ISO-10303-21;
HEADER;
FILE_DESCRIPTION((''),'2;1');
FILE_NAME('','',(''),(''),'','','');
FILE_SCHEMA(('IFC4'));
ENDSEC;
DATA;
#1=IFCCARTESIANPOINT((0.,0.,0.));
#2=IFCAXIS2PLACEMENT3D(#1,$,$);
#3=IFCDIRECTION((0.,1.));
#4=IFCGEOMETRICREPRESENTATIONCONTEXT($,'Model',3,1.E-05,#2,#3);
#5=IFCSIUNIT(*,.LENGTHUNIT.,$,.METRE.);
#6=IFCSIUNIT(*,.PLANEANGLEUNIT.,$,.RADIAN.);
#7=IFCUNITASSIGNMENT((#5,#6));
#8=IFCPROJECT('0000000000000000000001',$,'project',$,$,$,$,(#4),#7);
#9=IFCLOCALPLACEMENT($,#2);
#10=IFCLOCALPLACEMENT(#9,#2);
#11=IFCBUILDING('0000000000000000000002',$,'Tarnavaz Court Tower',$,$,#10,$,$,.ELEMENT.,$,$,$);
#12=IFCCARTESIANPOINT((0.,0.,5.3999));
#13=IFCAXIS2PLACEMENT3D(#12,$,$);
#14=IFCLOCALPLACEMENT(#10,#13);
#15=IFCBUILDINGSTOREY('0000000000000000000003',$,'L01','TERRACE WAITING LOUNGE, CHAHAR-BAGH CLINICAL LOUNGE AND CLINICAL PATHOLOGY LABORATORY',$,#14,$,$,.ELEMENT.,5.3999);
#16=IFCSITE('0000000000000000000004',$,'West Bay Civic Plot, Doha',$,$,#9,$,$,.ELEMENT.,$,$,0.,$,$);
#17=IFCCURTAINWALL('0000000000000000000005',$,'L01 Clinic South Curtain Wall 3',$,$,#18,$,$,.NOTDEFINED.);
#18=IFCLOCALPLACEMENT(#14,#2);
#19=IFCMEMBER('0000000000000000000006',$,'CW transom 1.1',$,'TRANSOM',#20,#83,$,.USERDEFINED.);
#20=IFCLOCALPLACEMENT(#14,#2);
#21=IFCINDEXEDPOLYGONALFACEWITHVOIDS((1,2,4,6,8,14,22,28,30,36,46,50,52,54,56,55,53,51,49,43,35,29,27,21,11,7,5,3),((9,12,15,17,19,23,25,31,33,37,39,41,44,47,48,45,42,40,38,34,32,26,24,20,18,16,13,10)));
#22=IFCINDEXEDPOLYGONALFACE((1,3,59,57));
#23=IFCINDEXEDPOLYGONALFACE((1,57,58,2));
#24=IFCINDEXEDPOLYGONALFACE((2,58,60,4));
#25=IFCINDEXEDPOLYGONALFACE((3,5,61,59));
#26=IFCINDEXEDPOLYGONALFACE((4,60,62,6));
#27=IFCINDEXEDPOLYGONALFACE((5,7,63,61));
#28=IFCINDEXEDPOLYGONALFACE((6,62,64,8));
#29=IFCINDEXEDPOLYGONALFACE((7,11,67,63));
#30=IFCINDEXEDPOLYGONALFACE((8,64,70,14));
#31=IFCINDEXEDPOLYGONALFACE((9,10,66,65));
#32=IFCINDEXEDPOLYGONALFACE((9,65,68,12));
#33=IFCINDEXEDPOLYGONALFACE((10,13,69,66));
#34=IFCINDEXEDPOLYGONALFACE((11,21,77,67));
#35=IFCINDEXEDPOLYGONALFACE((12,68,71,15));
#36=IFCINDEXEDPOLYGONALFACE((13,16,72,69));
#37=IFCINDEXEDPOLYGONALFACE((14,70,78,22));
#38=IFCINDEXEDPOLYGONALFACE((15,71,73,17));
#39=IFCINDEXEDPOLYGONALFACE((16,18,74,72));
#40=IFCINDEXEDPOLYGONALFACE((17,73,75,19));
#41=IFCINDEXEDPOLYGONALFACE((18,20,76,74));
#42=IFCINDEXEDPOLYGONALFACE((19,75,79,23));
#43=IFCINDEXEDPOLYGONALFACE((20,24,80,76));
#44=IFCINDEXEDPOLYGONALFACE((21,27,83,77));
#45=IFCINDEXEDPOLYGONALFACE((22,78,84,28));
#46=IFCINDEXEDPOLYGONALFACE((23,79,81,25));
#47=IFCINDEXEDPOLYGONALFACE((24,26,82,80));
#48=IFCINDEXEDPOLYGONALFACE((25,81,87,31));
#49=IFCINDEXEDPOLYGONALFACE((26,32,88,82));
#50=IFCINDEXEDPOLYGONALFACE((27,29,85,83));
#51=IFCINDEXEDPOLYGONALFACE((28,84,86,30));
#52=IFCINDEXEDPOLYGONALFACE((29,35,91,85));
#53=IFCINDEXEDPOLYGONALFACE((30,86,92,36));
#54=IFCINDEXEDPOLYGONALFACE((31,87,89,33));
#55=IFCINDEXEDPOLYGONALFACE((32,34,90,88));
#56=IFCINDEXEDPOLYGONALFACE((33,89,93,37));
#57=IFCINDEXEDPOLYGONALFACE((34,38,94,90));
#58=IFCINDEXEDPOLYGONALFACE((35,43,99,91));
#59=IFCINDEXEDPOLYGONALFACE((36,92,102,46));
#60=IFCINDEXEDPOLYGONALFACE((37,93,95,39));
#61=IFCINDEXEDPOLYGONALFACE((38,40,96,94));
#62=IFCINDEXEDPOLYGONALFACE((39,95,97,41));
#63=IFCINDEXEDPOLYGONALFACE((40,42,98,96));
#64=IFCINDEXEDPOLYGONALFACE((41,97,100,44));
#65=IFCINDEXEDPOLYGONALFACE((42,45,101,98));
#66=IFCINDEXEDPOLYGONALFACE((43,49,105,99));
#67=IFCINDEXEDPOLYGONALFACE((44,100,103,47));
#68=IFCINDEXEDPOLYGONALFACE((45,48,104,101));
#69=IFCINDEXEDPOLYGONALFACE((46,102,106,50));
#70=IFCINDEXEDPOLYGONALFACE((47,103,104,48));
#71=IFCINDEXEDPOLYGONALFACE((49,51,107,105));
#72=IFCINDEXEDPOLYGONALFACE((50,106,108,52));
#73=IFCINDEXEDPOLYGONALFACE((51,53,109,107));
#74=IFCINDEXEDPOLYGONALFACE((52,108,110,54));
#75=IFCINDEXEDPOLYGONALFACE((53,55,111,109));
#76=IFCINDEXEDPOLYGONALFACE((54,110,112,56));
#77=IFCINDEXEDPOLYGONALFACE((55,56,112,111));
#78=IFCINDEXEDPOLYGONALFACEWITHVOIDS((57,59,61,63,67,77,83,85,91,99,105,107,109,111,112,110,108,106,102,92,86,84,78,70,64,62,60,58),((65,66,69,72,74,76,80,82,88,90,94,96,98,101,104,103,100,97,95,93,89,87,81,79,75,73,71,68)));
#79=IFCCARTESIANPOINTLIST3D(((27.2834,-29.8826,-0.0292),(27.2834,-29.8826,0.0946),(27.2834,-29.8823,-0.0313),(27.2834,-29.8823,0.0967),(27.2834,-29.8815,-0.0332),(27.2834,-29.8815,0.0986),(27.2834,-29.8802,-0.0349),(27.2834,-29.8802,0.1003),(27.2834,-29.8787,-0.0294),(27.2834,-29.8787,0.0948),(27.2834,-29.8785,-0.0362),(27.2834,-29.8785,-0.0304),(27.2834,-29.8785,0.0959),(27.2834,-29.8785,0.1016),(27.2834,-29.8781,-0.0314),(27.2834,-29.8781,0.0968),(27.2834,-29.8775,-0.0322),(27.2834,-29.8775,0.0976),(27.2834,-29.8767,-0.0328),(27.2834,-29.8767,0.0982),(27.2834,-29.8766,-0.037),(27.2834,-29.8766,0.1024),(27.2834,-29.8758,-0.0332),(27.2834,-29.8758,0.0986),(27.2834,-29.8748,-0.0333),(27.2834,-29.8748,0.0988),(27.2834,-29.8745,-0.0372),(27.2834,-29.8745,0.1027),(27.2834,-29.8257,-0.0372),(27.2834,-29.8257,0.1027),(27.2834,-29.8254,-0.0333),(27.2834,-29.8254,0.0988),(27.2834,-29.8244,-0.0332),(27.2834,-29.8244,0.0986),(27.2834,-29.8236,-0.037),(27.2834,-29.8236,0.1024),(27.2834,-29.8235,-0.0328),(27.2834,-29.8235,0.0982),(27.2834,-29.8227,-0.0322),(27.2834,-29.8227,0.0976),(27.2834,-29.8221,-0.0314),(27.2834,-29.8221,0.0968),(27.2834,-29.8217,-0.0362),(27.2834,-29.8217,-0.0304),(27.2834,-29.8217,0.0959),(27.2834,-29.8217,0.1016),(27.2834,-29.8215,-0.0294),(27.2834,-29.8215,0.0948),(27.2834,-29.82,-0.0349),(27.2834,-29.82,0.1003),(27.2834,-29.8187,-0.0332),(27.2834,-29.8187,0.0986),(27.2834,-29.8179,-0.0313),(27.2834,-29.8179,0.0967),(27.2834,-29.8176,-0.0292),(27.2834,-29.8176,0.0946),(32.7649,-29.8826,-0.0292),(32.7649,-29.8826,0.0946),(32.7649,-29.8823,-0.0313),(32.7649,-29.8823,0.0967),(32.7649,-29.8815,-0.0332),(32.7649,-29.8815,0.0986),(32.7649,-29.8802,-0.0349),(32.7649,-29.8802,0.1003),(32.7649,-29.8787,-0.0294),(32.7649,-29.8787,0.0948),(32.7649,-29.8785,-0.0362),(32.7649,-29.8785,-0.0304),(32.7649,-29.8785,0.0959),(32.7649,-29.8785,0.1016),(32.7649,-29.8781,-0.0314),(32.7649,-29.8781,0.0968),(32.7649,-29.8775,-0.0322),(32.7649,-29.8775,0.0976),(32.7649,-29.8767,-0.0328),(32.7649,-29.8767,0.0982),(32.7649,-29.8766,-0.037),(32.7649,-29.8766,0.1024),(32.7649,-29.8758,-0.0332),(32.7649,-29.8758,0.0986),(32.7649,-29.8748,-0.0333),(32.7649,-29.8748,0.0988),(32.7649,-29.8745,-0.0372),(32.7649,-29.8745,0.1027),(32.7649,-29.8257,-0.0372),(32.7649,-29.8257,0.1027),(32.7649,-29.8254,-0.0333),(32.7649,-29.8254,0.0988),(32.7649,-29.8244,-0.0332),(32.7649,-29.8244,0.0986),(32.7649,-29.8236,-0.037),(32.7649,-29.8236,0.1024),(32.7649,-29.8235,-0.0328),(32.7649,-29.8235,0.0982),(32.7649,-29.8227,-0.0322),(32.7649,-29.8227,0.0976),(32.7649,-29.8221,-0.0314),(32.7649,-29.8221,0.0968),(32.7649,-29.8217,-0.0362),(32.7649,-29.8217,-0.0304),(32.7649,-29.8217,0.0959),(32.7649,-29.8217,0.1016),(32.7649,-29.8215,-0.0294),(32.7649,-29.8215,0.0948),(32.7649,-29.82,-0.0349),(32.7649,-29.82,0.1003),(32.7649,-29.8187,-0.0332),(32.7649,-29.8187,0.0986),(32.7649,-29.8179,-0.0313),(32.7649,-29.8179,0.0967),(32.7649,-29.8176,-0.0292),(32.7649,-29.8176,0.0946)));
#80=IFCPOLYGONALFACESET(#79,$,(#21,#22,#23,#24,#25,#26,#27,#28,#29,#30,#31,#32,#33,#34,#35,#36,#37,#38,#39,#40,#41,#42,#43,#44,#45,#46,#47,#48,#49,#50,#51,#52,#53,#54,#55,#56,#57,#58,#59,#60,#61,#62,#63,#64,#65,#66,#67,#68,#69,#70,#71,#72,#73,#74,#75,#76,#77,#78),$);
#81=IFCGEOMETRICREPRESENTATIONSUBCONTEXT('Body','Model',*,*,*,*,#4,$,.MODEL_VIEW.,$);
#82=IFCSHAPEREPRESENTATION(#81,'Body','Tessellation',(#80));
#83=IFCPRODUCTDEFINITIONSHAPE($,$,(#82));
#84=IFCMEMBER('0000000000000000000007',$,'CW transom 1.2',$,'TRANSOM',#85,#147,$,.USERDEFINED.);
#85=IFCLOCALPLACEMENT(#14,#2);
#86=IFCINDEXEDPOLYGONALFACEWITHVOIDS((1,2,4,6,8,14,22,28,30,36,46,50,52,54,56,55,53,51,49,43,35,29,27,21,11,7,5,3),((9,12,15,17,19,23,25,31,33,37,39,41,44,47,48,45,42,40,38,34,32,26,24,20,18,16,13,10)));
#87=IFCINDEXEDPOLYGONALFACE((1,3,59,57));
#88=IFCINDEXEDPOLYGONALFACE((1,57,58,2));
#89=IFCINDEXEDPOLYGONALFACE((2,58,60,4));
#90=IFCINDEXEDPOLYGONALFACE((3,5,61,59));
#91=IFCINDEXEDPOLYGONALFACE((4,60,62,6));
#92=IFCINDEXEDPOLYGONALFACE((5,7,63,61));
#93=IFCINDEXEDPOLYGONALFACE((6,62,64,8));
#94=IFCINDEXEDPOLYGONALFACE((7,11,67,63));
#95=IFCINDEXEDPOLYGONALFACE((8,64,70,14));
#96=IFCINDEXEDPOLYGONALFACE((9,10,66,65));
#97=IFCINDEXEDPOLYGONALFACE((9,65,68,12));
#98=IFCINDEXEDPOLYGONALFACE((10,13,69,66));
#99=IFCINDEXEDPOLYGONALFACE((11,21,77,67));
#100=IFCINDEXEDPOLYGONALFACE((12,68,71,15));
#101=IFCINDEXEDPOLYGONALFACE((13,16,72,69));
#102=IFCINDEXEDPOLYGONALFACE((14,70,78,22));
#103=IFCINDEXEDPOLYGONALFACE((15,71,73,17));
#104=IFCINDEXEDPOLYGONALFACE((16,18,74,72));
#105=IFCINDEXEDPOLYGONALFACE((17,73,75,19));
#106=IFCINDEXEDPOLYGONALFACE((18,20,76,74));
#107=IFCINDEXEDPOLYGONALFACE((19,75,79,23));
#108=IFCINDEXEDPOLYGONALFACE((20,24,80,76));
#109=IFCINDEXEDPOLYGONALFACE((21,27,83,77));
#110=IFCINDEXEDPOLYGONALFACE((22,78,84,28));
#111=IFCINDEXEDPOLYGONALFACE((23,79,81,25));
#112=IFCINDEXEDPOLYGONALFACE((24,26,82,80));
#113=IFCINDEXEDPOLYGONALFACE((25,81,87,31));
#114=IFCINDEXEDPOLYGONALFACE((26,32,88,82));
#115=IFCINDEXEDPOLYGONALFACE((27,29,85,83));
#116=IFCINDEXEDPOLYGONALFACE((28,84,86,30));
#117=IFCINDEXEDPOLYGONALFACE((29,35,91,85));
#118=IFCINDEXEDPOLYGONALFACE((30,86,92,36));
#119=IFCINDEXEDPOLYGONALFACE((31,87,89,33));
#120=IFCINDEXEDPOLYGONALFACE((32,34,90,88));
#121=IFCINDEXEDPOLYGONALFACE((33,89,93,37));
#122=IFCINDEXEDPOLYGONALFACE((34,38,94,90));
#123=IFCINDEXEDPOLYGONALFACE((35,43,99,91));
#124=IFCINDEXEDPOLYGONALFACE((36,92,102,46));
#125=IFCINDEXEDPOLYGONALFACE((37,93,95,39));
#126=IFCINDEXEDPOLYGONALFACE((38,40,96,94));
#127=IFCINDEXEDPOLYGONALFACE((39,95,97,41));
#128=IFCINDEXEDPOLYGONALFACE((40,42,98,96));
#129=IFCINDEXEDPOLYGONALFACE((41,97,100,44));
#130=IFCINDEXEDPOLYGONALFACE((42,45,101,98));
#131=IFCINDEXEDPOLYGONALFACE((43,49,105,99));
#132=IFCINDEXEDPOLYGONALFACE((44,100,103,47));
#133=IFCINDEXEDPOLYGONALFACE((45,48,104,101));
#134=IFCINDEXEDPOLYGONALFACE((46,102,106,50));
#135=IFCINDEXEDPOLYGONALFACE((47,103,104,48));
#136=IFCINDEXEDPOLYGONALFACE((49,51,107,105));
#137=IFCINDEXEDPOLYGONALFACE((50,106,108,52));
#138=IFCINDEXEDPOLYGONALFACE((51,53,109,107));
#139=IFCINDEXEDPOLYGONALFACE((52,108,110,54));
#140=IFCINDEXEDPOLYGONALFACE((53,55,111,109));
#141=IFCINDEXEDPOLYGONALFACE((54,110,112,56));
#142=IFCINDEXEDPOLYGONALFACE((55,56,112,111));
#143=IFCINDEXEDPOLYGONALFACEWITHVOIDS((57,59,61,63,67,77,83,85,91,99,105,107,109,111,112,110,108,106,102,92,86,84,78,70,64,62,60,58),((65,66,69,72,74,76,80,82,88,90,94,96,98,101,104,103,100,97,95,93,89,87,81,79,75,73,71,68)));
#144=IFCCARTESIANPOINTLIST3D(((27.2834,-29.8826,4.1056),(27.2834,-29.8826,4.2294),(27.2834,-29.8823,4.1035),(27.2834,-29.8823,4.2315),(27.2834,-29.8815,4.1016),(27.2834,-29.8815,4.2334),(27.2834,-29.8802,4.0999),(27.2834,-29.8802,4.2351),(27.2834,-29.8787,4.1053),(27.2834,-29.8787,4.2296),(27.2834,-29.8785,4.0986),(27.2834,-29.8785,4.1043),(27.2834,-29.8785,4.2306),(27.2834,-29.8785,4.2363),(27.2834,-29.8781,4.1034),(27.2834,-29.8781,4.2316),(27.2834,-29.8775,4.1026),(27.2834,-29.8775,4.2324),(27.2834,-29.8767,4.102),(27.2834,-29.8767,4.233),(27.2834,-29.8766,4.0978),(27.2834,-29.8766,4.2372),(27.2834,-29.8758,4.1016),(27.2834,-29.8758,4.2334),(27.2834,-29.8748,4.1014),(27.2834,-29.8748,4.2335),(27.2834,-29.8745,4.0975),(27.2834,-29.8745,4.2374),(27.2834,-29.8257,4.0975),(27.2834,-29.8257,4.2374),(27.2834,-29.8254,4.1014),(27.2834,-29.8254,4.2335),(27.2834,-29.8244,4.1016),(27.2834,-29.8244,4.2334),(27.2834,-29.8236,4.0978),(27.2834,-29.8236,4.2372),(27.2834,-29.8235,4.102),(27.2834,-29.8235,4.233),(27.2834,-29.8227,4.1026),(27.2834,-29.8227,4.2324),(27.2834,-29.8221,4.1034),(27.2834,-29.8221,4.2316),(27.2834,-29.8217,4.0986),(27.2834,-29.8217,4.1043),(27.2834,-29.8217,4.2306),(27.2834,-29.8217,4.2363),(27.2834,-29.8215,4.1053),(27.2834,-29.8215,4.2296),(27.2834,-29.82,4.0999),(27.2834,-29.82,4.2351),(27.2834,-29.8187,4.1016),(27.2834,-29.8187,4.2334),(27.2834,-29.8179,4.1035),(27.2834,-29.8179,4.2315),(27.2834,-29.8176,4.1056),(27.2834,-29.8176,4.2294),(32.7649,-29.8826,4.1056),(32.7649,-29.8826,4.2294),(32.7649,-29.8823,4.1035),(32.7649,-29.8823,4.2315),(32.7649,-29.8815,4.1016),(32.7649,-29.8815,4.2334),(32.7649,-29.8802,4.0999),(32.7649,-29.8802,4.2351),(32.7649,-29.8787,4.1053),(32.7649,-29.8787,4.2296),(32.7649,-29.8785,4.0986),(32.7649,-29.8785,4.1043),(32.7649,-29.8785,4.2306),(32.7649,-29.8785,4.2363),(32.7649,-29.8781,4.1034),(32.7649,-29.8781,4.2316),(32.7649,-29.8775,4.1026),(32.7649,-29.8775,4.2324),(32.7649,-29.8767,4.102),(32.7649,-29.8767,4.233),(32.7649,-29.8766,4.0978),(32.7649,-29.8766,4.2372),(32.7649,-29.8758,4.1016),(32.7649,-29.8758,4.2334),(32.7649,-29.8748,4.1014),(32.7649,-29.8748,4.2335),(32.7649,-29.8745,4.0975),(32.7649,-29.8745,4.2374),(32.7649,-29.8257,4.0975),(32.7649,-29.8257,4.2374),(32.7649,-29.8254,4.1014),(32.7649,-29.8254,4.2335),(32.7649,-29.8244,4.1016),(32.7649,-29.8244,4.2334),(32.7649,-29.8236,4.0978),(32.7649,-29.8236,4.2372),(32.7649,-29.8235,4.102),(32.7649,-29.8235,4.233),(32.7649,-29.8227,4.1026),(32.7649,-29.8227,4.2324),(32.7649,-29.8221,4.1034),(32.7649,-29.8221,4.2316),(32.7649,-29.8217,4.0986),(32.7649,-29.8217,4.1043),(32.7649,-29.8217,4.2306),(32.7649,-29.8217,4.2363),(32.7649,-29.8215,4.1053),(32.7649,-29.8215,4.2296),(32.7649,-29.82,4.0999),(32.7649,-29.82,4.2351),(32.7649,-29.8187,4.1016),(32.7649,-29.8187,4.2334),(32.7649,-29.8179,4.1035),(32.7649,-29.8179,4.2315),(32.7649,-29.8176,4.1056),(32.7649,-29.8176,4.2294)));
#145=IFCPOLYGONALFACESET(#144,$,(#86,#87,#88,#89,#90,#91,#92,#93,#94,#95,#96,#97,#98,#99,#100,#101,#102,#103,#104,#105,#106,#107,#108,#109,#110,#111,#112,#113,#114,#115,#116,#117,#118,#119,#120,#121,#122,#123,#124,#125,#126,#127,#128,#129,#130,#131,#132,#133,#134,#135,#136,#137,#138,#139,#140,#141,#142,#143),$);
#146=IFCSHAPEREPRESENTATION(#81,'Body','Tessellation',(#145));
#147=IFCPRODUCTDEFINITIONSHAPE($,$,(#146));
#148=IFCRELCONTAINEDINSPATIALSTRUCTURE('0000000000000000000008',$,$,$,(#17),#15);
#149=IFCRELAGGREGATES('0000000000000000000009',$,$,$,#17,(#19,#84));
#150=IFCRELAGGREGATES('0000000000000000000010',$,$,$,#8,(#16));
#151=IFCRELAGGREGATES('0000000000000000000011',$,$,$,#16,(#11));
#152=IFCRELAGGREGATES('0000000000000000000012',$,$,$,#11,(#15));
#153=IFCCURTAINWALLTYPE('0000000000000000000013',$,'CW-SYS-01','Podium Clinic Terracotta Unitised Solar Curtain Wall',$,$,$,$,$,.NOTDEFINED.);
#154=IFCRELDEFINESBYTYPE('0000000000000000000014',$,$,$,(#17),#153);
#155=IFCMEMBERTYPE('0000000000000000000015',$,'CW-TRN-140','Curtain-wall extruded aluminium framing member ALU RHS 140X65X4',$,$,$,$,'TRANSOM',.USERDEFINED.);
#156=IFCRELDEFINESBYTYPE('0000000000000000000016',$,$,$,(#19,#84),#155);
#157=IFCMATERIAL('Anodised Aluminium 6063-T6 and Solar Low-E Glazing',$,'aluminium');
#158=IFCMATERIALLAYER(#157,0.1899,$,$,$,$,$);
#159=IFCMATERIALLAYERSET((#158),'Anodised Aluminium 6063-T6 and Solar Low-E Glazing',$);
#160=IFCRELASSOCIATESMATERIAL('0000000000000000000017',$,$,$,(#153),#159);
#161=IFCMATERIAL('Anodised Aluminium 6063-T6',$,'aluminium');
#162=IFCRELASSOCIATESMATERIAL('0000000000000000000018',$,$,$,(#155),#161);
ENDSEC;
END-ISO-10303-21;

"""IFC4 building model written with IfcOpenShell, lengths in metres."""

from ifc_helpers import new_model, si_unit, direction, frame, origin, origin_2d, place, context, subcontext, project, spatial, hollow_rectangle, extrude, material, layer, layer_set, material_profile, profile_set, type_object, element, aggregate, save


model = new_model("IFC4")

# Units and contexts
model_context = context("Model", 3, precision=1e-05, world=origin(), true_north=direction((0.0, 1.0)))
body_context = subcontext(model_context, "Body", "Model", "MODEL_VIEW")
ifc_project = project(units=[si_unit("LENGTHUNIT", "METRE"), si_unit("PLANEANGLEUNIT", "RADIAN")], contexts=[model_context])

# Site, building, storey
site_placement = place(None, origin())
site = spatial("IfcSite", under=ifc_project, at=site_placement, Name="West Bay Civic Plot, Doha", CompositionType="ELEMENT", RefElevation=0.0)
building_placement = place(site_placement, origin())
building = spatial("IfcBuilding", under=site, at=building_placement, Name="Tarnavaz Court Tower", CompositionType="ELEMENT")
storey_placement = place(building_placement, frame((0.0, 0.0, 5.3999)))
storey = spatial("IfcBuildingStorey", under=building, at=storey_placement, Name="L01", Description="TERRACE WAITING LOUNGE, CHAHAR-BAGH CLINICAL LOUNGE AND CLINICAL PATHOLOGY LABORATORY", CompositionType="ELEMENT", Elevation=5.3999)

# Curtain wall, members
ifc_material_1 = material(Name="Anodised Aluminium 6063-T6 and Solar Low-E Glazing", Category="aluminium")
ifc_layer_1 = layer(ifc_material_1, 0.1899)
ifc_layer_set_1 = layer_set([ifc_layer_1], Name="Anodised Aluminium 6063-T6 and Solar Low-E Glazing")
curtain_wall_type = type_object("IfcCurtainWallType", Name="CW-SYS-01", Description="Podium Clinic Terracotta Unitised Solar Curtain Wall", PredefinedType="NOTDEFINED", material=ifc_layer_set_1)
curtain_wall_placement = place(storey_placement, origin())
curtain_wall = element("IfcCurtainWall", 1, at=curtain_wall_placement, inside=storey, type_object=curtain_wall_type, Name="L01 Clinic South Curtain Wall 3", PredefinedType="NOTDEFINED")
ifc_material_2 = material(Name="Anodised Aluminium 6063-T6", Category="aluminium")
ifc_material_profile_1 = material_profile(ifc_material_2, hollow_rectangle(XDim=0.0649, YDim=0.1399, WallThickness=0.0039, InnerFilletRadius=0.0039, OuterFilletRadius=0.0081, at=origin_2d()), Name="ALU RHS 140X65X4")
ifc_profile_set_1 = profile_set([ifc_material_profile_1], Name="Anodised Aluminium 6063-T6")
member_type_1 = type_object("IfcMemberType", Name="CW-TRN-140", Description="Curtain-wall extruded aluminium framing member ALU RHS 140X65X4", ElementType="TRANSOM", PredefinedType="USERDEFINED", material=ifc_profile_set_1)
member_1_placement = place(storey_placement, frame((32.7649, -29.8501, 0.0327), z_axis=(-1.0, 0.0, 0.0), x_axis=(0.0, -1.0, 0.0)))
member_1 = element("IfcMember", 2, at=member_1_placement, type_object=member_type_1, Name="CW transom 1.1", ObjectType="TRANSOM", PredefinedType="USERDEFINED", context=body_context, shape_type="SweptSolid", body=[
    extrude(hollow_rectangle(XDim=0.0649, YDim=0.1399, WallThickness=0.0039, InnerFilletRadius=0.0039, OuterFilletRadius=0.0081, at=origin_2d()), origin(), (0.0, 0.0, 1.0), 5.4814),
])
member_2_placement = place(storey_placement, frame((32.7649, -29.8501, 4.1675), z_axis=(-1.0, 0.0, 0.0), x_axis=(0.0, -1.0, 0.0)))
member_2 = element("IfcMember", 3, at=member_2_placement, type_object=member_type_1, Name="CW transom 1.2", ObjectType="TRANSOM", PredefinedType="USERDEFINED", context=body_context, shape_type="SweptSolid", body=[
    extrude(hollow_rectangle(XDim=0.0649, YDim=0.1399, WallThickness=0.0039, InnerFilletRadius=0.0039, OuterFilletRadius=0.0081, at=origin_2d()), origin(), (0.0, 0.0, 1.0), 5.4814),
])
aggregate(curtain_wall, [member_1, member_2])

save(model, "model.ifc")
